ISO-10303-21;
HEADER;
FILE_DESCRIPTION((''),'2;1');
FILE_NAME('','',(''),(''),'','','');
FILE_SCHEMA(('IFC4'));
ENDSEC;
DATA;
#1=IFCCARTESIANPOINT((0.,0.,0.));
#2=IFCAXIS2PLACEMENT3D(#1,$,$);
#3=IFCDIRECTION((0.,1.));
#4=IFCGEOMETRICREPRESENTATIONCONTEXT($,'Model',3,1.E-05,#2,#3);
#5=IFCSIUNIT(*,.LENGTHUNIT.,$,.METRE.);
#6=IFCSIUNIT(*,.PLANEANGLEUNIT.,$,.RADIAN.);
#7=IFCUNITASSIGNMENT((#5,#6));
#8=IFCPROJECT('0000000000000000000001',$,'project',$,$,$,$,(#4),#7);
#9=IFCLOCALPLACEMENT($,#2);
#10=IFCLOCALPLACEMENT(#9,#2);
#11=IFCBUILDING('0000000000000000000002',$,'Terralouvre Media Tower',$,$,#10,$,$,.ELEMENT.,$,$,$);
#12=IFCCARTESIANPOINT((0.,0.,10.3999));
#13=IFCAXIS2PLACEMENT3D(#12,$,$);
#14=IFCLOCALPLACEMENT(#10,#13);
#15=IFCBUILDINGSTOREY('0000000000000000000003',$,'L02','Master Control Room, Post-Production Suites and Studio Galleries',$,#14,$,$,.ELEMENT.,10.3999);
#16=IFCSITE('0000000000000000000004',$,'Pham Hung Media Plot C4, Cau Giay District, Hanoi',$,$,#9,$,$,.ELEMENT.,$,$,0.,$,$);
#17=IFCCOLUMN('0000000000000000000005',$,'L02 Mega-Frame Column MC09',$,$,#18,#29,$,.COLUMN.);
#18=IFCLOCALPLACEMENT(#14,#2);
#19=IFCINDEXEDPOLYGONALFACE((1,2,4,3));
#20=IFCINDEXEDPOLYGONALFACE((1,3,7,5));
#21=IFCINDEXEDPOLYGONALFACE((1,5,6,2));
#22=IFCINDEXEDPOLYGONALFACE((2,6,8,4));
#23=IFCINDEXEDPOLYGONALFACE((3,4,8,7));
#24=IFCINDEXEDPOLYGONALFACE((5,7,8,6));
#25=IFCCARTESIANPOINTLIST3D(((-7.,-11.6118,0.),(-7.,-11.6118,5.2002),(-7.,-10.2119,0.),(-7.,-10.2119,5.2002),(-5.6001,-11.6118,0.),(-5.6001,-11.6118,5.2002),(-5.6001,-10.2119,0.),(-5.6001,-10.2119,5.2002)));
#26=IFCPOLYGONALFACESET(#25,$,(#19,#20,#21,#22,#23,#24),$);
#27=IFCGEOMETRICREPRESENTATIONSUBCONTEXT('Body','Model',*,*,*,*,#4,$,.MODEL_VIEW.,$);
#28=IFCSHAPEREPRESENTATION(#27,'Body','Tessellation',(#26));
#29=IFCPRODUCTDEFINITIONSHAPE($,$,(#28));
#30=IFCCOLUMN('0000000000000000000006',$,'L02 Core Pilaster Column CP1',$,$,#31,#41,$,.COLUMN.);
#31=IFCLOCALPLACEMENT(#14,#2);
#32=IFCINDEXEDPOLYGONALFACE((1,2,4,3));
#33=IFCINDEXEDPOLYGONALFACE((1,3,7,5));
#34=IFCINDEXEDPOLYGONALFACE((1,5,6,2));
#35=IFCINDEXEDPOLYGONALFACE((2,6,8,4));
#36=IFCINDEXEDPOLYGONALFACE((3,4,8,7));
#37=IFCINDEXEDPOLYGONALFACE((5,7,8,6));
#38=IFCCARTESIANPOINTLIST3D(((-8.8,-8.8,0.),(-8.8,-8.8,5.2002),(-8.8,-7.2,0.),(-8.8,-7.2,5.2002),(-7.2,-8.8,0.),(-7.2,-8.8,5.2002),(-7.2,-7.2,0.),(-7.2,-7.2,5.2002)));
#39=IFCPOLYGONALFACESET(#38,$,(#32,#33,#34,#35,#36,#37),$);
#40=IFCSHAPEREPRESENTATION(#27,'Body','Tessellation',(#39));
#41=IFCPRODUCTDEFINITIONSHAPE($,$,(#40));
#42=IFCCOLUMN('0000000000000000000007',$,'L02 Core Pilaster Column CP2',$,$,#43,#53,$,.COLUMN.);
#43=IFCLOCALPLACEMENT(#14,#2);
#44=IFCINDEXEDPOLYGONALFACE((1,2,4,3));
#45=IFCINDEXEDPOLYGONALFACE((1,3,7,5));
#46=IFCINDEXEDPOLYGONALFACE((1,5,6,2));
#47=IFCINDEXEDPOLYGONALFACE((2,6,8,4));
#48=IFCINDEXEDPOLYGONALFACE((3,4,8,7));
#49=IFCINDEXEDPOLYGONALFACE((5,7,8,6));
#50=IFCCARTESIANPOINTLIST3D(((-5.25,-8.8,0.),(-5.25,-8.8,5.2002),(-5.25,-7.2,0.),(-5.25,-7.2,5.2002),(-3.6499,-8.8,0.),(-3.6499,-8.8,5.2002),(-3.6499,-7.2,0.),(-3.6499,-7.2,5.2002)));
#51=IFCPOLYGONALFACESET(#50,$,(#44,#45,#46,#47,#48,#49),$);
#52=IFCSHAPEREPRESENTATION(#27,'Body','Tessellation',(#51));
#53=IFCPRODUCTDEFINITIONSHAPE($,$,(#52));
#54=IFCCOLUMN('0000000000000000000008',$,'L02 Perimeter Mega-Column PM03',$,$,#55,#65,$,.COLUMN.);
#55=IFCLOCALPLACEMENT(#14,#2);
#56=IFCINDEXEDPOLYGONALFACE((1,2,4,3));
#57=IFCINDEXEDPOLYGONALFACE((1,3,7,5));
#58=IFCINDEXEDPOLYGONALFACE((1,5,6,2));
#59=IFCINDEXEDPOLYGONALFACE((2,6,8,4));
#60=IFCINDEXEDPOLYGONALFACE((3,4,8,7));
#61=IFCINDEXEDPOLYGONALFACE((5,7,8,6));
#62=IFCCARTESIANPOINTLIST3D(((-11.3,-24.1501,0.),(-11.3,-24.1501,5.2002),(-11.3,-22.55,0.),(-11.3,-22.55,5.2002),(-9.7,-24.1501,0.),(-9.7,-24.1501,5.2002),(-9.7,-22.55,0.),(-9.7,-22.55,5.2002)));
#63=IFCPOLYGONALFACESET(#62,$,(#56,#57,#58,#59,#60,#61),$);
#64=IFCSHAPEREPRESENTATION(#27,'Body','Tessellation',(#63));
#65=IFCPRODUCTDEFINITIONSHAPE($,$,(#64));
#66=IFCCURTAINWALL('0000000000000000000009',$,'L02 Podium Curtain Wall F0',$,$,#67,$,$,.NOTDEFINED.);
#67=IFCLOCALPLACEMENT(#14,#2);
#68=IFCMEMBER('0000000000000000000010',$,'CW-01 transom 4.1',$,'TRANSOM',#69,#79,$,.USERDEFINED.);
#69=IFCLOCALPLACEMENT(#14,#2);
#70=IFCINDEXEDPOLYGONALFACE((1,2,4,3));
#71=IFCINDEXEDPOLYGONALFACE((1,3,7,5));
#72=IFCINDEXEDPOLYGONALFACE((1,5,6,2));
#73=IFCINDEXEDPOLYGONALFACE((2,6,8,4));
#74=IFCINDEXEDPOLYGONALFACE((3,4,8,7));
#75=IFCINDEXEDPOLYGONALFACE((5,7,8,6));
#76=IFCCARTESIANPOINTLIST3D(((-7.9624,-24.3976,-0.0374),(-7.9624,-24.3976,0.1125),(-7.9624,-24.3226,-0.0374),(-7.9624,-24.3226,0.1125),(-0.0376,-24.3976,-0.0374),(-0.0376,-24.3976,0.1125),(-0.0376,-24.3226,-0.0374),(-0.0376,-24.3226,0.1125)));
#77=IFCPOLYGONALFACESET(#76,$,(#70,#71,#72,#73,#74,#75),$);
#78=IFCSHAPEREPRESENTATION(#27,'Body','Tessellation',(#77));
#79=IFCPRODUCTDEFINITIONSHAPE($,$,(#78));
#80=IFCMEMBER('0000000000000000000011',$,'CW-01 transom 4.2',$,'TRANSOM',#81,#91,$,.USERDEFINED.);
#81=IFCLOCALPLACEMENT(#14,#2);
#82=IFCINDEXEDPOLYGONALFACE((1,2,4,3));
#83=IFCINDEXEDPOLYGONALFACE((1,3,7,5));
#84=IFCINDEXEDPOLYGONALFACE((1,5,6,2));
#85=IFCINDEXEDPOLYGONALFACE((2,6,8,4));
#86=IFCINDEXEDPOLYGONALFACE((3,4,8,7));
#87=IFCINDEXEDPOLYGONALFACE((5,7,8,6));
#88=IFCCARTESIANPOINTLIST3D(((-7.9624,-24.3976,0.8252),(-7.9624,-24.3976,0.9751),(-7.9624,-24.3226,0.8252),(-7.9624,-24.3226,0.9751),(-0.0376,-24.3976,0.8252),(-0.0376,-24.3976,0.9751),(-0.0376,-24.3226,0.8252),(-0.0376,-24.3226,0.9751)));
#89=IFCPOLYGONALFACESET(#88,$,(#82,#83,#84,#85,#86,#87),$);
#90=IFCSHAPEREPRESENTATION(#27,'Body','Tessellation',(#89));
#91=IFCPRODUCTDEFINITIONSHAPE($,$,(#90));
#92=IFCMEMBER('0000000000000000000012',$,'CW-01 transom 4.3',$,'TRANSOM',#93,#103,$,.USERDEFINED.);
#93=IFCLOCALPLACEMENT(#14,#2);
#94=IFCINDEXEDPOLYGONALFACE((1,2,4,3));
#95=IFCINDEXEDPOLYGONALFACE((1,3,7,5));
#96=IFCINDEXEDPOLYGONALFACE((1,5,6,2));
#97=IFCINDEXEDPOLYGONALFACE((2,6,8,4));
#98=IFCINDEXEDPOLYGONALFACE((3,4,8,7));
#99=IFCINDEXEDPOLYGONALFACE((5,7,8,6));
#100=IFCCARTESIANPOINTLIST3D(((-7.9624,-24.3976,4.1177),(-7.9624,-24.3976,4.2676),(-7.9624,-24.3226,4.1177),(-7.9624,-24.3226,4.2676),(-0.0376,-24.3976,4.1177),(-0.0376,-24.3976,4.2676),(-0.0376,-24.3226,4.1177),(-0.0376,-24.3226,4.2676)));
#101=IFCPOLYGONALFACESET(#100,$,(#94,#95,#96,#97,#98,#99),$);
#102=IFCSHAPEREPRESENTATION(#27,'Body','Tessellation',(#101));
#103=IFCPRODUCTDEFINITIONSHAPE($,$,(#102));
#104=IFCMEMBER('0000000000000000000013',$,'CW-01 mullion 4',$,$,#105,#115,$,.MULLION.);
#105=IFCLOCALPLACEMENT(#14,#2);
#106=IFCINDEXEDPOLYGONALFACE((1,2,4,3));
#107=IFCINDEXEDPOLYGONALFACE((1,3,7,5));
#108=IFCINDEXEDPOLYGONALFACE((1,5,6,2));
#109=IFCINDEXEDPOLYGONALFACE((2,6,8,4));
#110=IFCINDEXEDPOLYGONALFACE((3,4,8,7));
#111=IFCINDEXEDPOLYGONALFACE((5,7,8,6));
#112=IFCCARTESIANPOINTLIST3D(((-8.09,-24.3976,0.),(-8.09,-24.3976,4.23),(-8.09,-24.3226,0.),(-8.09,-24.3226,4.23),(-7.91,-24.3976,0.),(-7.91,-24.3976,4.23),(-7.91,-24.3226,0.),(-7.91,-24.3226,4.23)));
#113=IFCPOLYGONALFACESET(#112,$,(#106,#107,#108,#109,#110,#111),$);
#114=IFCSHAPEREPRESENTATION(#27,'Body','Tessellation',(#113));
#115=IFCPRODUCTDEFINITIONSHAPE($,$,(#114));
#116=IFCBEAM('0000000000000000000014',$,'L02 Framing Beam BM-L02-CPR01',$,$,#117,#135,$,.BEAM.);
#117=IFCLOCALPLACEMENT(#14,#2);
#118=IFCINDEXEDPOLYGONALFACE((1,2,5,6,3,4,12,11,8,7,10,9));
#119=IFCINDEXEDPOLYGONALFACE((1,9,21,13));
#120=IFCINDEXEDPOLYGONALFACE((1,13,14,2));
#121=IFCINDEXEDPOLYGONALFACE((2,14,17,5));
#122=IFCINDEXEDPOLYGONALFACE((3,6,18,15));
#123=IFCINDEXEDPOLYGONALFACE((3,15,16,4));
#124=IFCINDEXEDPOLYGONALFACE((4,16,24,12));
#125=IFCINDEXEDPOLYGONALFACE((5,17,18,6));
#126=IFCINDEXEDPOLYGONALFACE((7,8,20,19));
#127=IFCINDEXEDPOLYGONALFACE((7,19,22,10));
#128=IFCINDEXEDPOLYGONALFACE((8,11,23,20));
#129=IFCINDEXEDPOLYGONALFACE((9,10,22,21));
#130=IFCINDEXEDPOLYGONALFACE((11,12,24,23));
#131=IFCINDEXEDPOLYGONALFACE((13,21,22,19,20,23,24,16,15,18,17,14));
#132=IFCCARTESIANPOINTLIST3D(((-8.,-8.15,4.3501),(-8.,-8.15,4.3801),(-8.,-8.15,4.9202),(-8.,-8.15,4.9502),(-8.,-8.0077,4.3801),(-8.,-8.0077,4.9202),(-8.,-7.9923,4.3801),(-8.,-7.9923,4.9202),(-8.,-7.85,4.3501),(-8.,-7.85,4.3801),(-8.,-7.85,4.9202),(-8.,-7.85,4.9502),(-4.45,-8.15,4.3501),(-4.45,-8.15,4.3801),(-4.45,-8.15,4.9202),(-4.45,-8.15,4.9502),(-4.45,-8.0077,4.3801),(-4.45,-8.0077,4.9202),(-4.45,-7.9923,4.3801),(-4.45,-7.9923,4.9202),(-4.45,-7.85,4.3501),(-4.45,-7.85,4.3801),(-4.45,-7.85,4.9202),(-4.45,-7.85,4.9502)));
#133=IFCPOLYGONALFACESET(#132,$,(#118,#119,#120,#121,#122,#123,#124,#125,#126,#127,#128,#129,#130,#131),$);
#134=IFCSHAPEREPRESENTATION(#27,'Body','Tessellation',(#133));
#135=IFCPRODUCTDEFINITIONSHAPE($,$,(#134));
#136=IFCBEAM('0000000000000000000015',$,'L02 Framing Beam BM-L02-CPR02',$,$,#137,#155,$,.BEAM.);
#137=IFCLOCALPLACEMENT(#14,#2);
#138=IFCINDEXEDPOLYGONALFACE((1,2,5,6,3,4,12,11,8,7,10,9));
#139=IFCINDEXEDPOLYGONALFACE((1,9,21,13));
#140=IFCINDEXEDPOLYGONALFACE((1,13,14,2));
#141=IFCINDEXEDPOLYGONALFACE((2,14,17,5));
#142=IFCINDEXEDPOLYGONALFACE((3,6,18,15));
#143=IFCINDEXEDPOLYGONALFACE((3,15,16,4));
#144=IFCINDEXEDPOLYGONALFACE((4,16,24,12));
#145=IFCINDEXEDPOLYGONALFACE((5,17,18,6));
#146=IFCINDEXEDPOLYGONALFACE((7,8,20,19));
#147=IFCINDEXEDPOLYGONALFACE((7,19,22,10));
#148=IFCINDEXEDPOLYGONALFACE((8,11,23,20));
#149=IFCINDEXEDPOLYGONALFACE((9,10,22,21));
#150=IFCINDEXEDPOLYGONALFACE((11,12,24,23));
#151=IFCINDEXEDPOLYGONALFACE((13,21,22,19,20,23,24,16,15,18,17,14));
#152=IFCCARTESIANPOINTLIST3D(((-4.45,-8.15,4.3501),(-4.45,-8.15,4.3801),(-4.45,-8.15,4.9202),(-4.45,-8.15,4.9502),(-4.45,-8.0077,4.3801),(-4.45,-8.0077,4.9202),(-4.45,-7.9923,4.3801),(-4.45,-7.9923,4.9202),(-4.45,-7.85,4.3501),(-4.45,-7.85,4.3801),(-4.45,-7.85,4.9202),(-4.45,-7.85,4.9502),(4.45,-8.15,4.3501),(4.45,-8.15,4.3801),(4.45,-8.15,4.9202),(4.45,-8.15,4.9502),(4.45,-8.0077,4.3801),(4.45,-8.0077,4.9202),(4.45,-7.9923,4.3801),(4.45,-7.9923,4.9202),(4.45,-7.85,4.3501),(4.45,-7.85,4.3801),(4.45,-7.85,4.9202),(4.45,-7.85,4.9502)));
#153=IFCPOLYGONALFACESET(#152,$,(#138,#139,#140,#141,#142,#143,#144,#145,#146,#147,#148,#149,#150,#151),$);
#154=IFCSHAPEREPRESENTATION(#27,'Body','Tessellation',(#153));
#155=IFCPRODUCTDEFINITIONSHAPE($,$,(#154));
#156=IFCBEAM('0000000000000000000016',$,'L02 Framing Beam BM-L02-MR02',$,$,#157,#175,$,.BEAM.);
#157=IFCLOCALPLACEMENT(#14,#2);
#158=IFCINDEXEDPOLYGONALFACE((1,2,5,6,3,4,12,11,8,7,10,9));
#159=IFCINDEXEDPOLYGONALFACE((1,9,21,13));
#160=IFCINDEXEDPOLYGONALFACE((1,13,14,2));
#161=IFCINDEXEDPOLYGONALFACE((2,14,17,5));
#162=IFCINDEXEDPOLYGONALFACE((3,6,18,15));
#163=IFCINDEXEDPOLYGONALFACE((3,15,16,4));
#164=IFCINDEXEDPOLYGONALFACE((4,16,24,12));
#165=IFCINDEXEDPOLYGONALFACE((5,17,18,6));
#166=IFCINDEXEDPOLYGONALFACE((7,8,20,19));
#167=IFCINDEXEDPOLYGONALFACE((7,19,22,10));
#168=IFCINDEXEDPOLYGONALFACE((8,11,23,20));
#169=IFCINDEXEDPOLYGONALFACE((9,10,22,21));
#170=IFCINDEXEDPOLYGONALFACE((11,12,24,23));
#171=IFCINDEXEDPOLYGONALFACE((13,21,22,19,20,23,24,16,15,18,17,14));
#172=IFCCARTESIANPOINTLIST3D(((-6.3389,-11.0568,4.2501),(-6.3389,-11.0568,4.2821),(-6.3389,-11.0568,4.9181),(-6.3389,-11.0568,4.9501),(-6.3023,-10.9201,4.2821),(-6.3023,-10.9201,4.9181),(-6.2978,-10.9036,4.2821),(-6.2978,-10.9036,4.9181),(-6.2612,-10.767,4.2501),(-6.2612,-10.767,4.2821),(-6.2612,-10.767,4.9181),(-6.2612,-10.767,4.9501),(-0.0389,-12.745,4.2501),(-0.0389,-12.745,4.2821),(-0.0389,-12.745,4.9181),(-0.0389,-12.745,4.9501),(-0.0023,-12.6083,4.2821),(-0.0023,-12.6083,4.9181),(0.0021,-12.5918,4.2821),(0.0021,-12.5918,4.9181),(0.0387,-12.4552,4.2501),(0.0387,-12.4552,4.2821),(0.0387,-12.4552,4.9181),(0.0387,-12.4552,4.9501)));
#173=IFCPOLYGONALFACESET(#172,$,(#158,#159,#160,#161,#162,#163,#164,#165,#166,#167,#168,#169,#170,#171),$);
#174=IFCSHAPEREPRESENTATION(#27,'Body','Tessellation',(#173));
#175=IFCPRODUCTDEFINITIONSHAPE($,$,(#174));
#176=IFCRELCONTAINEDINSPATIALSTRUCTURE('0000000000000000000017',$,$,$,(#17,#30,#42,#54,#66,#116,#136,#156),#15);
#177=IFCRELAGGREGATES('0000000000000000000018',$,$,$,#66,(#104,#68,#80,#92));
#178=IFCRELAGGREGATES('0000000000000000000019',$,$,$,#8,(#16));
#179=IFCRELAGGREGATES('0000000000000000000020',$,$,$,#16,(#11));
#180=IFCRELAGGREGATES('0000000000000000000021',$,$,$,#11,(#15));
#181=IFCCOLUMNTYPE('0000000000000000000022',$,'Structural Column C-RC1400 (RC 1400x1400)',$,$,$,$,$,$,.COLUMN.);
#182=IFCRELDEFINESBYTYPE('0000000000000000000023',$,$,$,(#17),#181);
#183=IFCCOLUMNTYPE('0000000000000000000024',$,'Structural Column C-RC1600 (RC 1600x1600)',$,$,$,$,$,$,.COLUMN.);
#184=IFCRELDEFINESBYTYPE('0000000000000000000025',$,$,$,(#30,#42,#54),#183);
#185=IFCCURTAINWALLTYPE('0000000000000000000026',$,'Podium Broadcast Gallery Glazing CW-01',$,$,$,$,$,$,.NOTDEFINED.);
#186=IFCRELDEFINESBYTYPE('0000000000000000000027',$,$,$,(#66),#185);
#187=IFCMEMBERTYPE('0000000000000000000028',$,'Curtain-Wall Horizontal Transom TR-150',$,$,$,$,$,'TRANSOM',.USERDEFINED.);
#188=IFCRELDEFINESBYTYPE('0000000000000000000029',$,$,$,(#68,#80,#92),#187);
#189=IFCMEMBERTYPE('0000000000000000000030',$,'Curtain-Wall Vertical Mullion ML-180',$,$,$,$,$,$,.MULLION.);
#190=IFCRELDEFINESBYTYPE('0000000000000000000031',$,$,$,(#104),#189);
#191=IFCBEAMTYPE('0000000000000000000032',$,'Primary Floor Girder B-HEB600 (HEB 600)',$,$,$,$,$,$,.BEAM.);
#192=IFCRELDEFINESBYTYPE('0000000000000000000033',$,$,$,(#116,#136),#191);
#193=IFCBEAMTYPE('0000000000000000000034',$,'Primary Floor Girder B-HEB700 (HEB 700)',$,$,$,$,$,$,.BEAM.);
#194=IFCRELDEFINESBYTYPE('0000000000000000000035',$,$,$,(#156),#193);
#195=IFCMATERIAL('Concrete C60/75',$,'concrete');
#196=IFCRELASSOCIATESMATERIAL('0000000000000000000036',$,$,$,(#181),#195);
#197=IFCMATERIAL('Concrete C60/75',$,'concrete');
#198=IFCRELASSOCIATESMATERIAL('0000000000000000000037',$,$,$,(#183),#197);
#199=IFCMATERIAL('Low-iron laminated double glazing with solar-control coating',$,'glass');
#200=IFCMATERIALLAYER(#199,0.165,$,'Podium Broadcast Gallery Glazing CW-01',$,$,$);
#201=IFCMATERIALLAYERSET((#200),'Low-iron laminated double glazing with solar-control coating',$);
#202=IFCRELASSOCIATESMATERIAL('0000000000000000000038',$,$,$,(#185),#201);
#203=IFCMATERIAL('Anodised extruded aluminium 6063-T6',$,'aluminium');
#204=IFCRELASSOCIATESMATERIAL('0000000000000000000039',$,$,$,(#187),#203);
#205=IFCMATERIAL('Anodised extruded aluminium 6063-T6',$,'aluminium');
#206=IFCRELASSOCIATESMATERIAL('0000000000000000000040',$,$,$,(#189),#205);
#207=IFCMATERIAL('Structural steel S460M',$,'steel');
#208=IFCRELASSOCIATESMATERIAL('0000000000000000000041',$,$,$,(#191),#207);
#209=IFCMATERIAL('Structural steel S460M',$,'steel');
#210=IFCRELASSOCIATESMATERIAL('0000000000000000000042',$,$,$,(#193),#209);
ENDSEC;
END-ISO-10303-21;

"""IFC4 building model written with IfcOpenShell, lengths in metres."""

from ifc_helpers import new_model, si_unit, direction, frame, origin, origin_2d, place, context, subcontext, project, spatial, rectangle, i_section, extrude, material, layer, layer_set, material_profile, profile_set, type_object, element, aggregate, save


model = new_model("IFC4")

# Units and contexts
model_context = context("Model", 3, precision=1e-05, world=origin(), true_north=direction((0.0, 1.0)))
body_context = subcontext(model_context, "Body", "Model", "MODEL_VIEW")
ifc_project = project(units=[si_unit("LENGTHUNIT", "METRE"), si_unit("PLANEANGLEUNIT", "RADIAN")], contexts=[model_context])

# Site, building, storey
site_placement = place(None, origin())
site = spatial("IfcSite", under=ifc_project, at=site_placement, Name="Pham Hung Media Plot C4, Cau Giay District, Hanoi", CompositionType="ELEMENT", RefElevation=0.0)
building_placement = place(site_placement, origin())
building = spatial("IfcBuilding", under=site, at=building_placement, Name="Terralouvre Media Tower", CompositionType="ELEMENT")
storey_placement = place(building_placement, frame((0.0, 0.0, 10.3999)))
storey = spatial("IfcBuildingStorey", under=building, at=storey_placement, Name="L02", Description="Master Control Room, Post-Production Suites and Studio Galleries", CompositionType="ELEMENT", Elevation=10.3999)

# Columns
ifc_material_1 = material(Name="Concrete C60/75", Category="concrete")
ifc_material_profile_1 = material_profile(ifc_material_1, rectangle(XDim=1.3999, YDim=1.3999, at=origin_2d()), Name="RC 1400x1400")
ifc_profile_set_1 = profile_set([ifc_material_profile_1], Name="Concrete C60/75")
column_type_1 = type_object("IfcColumnType", Name="Structural Column C-RC1400 (RC 1400x1400)", PredefinedType="COLUMN", material=ifc_profile_set_1)
column_placement = place(storey_placement, frame((-6.3, -10.9119, 0.0), z_axis=(0.0, 0.0, 1.0), x_axis=(1.0, 0.0, 0.0)))
element("IfcColumn", 1, at=column_placement, inside=storey, type_object=column_type_1, Name="L02 Mega-Frame Column MC09", PredefinedType="COLUMN", context=body_context, shape_type="SweptSolid", body=[
    extrude(rectangle(XDim=1.3999, YDim=1.3999, at=origin_2d()), origin(), (0.0, 0.0, 1.0), 5.2002),
])
ifc_material_2 = material(Name="Concrete C60/75", Category="concrete")
ifc_material_profile_2 = material_profile(ifc_material_2, rectangle(XDim=1.6001, YDim=1.6001, at=origin_2d()), Name="RC 1600x1600")
ifc_profile_set_2 = profile_set([ifc_material_profile_2], Name="Concrete C60/75")
column_type_2 = type_object("IfcColumnType", Name="Structural Column C-RC1600 (RC 1600x1600)", PredefinedType="COLUMN", material=ifc_profile_set_2)
for number, where, z_axis, x_axis, name in (
    (2, (-8.0, -8.0, 0.0), (0.0, 0.0, 1.0), (1.0, 0.0, 0.0), "L02 Core Pilaster Column CP1"),
    (3, (-4.45, -8.0, 0.0), (0.0, 0.0, 1.0), (1.0, 0.0, 0.0), "L02 Core Pilaster Column CP2"),
    (4, (-10.5, -23.3501, 0.0), (0.0, 0.0, 1.0), (1.0, 0.0, 0.0), "L02 Perimeter Mega-Column PM03"),
):
    element("IfcColumn", number, at=place(storey_placement, frame(where, z_axis=z_axis, x_axis=x_axis)), inside=storey, type_object=column_type_2, Name=name, PredefinedType="COLUMN", context=body_context, shape_type="SweptSolid", body=[
        extrude(rectangle(XDim=1.6001, YDim=1.6001, at=origin_2d()), origin(), (0.0, 0.0, 1.0), 5.2002),
    ])

# Curtain wall, members
ifc_material_3 = material(Name="Low-iron laminated double glazing with solar-control coating", Category="glass")
ifc_layer_1 = layer(ifc_material_3, 0.165, Name="Podium Broadcast Gallery Glazing CW-01")
ifc_layer_set_1 = layer_set([ifc_layer_1], Name="Low-iron laminated double glazing with solar-control coating")
curtain_wall_type = type_object("IfcCurtainWallType", Name="Podium Broadcast Gallery Glazing CW-01", PredefinedType="NOTDEFINED", material=ifc_layer_set_1)
curtain_wall_placement = place(storey_placement, origin())
curtain_wall = element("IfcCurtainWall", 5, at=curtain_wall_placement, inside=storey, type_object=curtain_wall_type, Name="L02 Podium Curtain Wall F0", PredefinedType="NOTDEFINED")
ifc_material_4 = material(Name="Anodised extruded aluminium 6063-T6", Category="aluminium")
ifc_material_profile_3 = material_profile(ifc_material_4, rectangle(XDim=0.075, YDim=0.1499, at=origin_2d()), Name="ALU 75x150")
ifc_profile_set_3 = profile_set([ifc_material_profile_3], Name="Anodised extruded aluminium 6063-T6")
member_type_1 = type_object("IfcMemberType", Name="Curtain-Wall Horizontal Transom TR-150", ElementType="TRANSOM", PredefinedType="USERDEFINED", material=ifc_profile_set_3)
member_1_placement = place(storey_placement, frame((-7.9624, -24.3601, 0.0376), z_axis=(1.0, 0.0, 0.0), x_axis=(0.0, 1.0, 0.0)))
member_1 = element("IfcMember", 6, at=member_1_placement, type_object=member_type_1, Name="CW-01 transom 4.1", ObjectType="TRANSOM", PredefinedType="USERDEFINED", context=body_context, shape_type="SweptSolid", body=[
    extrude(rectangle(XDim=0.075, YDim=0.1499, at=origin_2d()), origin(), (0.0, 0.0, 1.0), 7.9248),
])
member_2_placement = place(storey_placement, frame((-7.9624, -24.3601, 0.9001), z_axis=(1.0, 0.0, 0.0), x_axis=(0.0, 1.0, 0.0)))
member_2 = element("IfcMember", 7, at=member_2_placement, type_object=member_type_1, Name="CW-01 transom 4.2", ObjectType="TRANSOM", PredefinedType="USERDEFINED", context=body_context, shape_type="SweptSolid", body=[
    extrude(rectangle(XDim=0.075, YDim=0.1499, at=origin_2d()), origin(), (0.0, 0.0, 1.0), 7.9248),
])
member_3_placement = place(storey_placement, frame((-7.9624, -24.3601, 4.1926), z_axis=(1.0, 0.0, 0.0), x_axis=(0.0, 1.0, 0.0)))
member_3 = element("IfcMember", 8, at=member_3_placement, type_object=member_type_1, Name="CW-01 transom 4.3", ObjectType="TRANSOM", PredefinedType="USERDEFINED", context=body_context, shape_type="SweptSolid", body=[
    extrude(rectangle(XDim=0.075, YDim=0.1499, at=origin_2d()), origin(), (0.0, 0.0, 1.0), 7.9248),
])
ifc_material_5 = material(Name="Anodised extruded aluminium 6063-T6", Category="aluminium")
ifc_material_profile_4 = material_profile(ifc_material_5, rectangle(XDim=0.075, YDim=0.1799, at=origin_2d()), Name="ALU 75x180")
ifc_profile_set_4 = profile_set([ifc_material_profile_4], Name="Anodised extruded aluminium 6063-T6")
member_type_2 = type_object("IfcMemberType", Name="Curtain-Wall Vertical Mullion ML-180", PredefinedType="MULLION", material=ifc_profile_set_4)
member_4_placement = place(storey_placement, frame((-8.0, -24.3601, 0.0), z_axis=(0.0, 0.0, 1.0), x_axis=(0.0, 1.0, 0.0)))
member_4 = element("IfcMember", 9, at=member_4_placement, type_object=member_type_2, Name="CW-01 mullion 4", PredefinedType="MULLION", context=body_context, shape_type="SweptSolid", body=[
    extrude(rectangle(XDim=0.075, YDim=0.1799, at=origin_2d()), origin(), (0.0, 0.0, 1.0), 4.23),
])

# Beams
ifc_material_6 = material(Name="Structural steel S460M", Category="steel")
ifc_material_profile_5 = material_profile(ifc_material_6, i_section(OverallWidth=0.3, OverallDepth=0.6001, WebThickness=0.0154, FlangeThickness=0.03, at=origin_2d()), Name="HEB 600")
ifc_profile_set_5 = profile_set([ifc_material_profile_5], Name="Structural steel S460M")
beam_type_1 = type_object("IfcBeamType", Name="Primary Floor Girder B-HEB600 (HEB 600)", PredefinedType="BEAM", material=ifc_profile_set_5)
beam_1_placement = place(storey_placement, frame((-8.0, -8.0, 4.6501), z_axis=(1.0, 0.0, 0.0), x_axis=(0.0, 1.0, 0.0)))
element("IfcBeam", 10, at=beam_1_placement, inside=storey, type_object=beam_type_1, Name="L02 Framing Beam BM-L02-CPR01", PredefinedType="BEAM", context=body_context, shape_type="SweptSolid", body=[
    extrude(i_section(OverallWidth=0.3, OverallDepth=0.6001, WebThickness=0.0154, FlangeThickness=0.03, at=origin_2d()), origin(), (0.0, 0.0, 1.0), 3.55),
])
beam_2_placement = place(storey_placement, frame((-4.45, -8.0, 4.6501), z_axis=(1.0, 0.0, 0.0), x_axis=(0.0, 1.0, 0.0)))
element("IfcBeam", 11, at=beam_2_placement, inside=storey, type_object=beam_type_1, Name="L02 Framing Beam BM-L02-CPR02", PredefinedType="BEAM", context=body_context, shape_type="SweptSolid", body=[
    extrude(i_section(OverallWidth=0.3, OverallDepth=0.6001, WebThickness=0.0154, FlangeThickness=0.03, at=origin_2d()), origin(), (0.0, 0.0, 1.0), 8.8999),
])
ifc_material_7 = material(Name="Structural steel S460M", Category="steel")
ifc_material_profile_6 = material_profile(ifc_material_7, i_section(OverallWidth=0.3, OverallDepth=0.7, WebThickness=0.0171, FlangeThickness=0.032, at=origin_2d()), Name="HEB 700")
ifc_profile_set_6 = profile_set([ifc_material_profile_6], Name="Structural steel S460M")
beam_type_2 = type_object("IfcBeamType", Name="Primary Floor Girder B-HEB700 (HEB 700)", PredefinedType="BEAM", material=ifc_profile_set_6)
beam_3_placement = place(storey_placement, frame((-6.3, -10.9119, 4.6001), z_axis=(0.96592, -0.258839, 0.0), x_axis=(0.258839, 0.96592, 0.0)))
element("IfcBeam", 12, at=beam_3_placement, inside=storey, type_object=beam_type_2, Name="L02 Framing Beam BM-L02-MR02", PredefinedType="BEAM", context=body_context, shape_type="SweptSolid", body=[
    extrude(i_section(OverallWidth=0.3, OverallDepth=0.7, WebThickness=0.0171, FlangeThickness=0.032, at=origin_2d()), origin(), (0.0, 0.0, 1.0), 6.5222),
])

aggregate(curtain_wall, [member_4, member_1, member_2, member_3])

save(model, "model.ifc")
